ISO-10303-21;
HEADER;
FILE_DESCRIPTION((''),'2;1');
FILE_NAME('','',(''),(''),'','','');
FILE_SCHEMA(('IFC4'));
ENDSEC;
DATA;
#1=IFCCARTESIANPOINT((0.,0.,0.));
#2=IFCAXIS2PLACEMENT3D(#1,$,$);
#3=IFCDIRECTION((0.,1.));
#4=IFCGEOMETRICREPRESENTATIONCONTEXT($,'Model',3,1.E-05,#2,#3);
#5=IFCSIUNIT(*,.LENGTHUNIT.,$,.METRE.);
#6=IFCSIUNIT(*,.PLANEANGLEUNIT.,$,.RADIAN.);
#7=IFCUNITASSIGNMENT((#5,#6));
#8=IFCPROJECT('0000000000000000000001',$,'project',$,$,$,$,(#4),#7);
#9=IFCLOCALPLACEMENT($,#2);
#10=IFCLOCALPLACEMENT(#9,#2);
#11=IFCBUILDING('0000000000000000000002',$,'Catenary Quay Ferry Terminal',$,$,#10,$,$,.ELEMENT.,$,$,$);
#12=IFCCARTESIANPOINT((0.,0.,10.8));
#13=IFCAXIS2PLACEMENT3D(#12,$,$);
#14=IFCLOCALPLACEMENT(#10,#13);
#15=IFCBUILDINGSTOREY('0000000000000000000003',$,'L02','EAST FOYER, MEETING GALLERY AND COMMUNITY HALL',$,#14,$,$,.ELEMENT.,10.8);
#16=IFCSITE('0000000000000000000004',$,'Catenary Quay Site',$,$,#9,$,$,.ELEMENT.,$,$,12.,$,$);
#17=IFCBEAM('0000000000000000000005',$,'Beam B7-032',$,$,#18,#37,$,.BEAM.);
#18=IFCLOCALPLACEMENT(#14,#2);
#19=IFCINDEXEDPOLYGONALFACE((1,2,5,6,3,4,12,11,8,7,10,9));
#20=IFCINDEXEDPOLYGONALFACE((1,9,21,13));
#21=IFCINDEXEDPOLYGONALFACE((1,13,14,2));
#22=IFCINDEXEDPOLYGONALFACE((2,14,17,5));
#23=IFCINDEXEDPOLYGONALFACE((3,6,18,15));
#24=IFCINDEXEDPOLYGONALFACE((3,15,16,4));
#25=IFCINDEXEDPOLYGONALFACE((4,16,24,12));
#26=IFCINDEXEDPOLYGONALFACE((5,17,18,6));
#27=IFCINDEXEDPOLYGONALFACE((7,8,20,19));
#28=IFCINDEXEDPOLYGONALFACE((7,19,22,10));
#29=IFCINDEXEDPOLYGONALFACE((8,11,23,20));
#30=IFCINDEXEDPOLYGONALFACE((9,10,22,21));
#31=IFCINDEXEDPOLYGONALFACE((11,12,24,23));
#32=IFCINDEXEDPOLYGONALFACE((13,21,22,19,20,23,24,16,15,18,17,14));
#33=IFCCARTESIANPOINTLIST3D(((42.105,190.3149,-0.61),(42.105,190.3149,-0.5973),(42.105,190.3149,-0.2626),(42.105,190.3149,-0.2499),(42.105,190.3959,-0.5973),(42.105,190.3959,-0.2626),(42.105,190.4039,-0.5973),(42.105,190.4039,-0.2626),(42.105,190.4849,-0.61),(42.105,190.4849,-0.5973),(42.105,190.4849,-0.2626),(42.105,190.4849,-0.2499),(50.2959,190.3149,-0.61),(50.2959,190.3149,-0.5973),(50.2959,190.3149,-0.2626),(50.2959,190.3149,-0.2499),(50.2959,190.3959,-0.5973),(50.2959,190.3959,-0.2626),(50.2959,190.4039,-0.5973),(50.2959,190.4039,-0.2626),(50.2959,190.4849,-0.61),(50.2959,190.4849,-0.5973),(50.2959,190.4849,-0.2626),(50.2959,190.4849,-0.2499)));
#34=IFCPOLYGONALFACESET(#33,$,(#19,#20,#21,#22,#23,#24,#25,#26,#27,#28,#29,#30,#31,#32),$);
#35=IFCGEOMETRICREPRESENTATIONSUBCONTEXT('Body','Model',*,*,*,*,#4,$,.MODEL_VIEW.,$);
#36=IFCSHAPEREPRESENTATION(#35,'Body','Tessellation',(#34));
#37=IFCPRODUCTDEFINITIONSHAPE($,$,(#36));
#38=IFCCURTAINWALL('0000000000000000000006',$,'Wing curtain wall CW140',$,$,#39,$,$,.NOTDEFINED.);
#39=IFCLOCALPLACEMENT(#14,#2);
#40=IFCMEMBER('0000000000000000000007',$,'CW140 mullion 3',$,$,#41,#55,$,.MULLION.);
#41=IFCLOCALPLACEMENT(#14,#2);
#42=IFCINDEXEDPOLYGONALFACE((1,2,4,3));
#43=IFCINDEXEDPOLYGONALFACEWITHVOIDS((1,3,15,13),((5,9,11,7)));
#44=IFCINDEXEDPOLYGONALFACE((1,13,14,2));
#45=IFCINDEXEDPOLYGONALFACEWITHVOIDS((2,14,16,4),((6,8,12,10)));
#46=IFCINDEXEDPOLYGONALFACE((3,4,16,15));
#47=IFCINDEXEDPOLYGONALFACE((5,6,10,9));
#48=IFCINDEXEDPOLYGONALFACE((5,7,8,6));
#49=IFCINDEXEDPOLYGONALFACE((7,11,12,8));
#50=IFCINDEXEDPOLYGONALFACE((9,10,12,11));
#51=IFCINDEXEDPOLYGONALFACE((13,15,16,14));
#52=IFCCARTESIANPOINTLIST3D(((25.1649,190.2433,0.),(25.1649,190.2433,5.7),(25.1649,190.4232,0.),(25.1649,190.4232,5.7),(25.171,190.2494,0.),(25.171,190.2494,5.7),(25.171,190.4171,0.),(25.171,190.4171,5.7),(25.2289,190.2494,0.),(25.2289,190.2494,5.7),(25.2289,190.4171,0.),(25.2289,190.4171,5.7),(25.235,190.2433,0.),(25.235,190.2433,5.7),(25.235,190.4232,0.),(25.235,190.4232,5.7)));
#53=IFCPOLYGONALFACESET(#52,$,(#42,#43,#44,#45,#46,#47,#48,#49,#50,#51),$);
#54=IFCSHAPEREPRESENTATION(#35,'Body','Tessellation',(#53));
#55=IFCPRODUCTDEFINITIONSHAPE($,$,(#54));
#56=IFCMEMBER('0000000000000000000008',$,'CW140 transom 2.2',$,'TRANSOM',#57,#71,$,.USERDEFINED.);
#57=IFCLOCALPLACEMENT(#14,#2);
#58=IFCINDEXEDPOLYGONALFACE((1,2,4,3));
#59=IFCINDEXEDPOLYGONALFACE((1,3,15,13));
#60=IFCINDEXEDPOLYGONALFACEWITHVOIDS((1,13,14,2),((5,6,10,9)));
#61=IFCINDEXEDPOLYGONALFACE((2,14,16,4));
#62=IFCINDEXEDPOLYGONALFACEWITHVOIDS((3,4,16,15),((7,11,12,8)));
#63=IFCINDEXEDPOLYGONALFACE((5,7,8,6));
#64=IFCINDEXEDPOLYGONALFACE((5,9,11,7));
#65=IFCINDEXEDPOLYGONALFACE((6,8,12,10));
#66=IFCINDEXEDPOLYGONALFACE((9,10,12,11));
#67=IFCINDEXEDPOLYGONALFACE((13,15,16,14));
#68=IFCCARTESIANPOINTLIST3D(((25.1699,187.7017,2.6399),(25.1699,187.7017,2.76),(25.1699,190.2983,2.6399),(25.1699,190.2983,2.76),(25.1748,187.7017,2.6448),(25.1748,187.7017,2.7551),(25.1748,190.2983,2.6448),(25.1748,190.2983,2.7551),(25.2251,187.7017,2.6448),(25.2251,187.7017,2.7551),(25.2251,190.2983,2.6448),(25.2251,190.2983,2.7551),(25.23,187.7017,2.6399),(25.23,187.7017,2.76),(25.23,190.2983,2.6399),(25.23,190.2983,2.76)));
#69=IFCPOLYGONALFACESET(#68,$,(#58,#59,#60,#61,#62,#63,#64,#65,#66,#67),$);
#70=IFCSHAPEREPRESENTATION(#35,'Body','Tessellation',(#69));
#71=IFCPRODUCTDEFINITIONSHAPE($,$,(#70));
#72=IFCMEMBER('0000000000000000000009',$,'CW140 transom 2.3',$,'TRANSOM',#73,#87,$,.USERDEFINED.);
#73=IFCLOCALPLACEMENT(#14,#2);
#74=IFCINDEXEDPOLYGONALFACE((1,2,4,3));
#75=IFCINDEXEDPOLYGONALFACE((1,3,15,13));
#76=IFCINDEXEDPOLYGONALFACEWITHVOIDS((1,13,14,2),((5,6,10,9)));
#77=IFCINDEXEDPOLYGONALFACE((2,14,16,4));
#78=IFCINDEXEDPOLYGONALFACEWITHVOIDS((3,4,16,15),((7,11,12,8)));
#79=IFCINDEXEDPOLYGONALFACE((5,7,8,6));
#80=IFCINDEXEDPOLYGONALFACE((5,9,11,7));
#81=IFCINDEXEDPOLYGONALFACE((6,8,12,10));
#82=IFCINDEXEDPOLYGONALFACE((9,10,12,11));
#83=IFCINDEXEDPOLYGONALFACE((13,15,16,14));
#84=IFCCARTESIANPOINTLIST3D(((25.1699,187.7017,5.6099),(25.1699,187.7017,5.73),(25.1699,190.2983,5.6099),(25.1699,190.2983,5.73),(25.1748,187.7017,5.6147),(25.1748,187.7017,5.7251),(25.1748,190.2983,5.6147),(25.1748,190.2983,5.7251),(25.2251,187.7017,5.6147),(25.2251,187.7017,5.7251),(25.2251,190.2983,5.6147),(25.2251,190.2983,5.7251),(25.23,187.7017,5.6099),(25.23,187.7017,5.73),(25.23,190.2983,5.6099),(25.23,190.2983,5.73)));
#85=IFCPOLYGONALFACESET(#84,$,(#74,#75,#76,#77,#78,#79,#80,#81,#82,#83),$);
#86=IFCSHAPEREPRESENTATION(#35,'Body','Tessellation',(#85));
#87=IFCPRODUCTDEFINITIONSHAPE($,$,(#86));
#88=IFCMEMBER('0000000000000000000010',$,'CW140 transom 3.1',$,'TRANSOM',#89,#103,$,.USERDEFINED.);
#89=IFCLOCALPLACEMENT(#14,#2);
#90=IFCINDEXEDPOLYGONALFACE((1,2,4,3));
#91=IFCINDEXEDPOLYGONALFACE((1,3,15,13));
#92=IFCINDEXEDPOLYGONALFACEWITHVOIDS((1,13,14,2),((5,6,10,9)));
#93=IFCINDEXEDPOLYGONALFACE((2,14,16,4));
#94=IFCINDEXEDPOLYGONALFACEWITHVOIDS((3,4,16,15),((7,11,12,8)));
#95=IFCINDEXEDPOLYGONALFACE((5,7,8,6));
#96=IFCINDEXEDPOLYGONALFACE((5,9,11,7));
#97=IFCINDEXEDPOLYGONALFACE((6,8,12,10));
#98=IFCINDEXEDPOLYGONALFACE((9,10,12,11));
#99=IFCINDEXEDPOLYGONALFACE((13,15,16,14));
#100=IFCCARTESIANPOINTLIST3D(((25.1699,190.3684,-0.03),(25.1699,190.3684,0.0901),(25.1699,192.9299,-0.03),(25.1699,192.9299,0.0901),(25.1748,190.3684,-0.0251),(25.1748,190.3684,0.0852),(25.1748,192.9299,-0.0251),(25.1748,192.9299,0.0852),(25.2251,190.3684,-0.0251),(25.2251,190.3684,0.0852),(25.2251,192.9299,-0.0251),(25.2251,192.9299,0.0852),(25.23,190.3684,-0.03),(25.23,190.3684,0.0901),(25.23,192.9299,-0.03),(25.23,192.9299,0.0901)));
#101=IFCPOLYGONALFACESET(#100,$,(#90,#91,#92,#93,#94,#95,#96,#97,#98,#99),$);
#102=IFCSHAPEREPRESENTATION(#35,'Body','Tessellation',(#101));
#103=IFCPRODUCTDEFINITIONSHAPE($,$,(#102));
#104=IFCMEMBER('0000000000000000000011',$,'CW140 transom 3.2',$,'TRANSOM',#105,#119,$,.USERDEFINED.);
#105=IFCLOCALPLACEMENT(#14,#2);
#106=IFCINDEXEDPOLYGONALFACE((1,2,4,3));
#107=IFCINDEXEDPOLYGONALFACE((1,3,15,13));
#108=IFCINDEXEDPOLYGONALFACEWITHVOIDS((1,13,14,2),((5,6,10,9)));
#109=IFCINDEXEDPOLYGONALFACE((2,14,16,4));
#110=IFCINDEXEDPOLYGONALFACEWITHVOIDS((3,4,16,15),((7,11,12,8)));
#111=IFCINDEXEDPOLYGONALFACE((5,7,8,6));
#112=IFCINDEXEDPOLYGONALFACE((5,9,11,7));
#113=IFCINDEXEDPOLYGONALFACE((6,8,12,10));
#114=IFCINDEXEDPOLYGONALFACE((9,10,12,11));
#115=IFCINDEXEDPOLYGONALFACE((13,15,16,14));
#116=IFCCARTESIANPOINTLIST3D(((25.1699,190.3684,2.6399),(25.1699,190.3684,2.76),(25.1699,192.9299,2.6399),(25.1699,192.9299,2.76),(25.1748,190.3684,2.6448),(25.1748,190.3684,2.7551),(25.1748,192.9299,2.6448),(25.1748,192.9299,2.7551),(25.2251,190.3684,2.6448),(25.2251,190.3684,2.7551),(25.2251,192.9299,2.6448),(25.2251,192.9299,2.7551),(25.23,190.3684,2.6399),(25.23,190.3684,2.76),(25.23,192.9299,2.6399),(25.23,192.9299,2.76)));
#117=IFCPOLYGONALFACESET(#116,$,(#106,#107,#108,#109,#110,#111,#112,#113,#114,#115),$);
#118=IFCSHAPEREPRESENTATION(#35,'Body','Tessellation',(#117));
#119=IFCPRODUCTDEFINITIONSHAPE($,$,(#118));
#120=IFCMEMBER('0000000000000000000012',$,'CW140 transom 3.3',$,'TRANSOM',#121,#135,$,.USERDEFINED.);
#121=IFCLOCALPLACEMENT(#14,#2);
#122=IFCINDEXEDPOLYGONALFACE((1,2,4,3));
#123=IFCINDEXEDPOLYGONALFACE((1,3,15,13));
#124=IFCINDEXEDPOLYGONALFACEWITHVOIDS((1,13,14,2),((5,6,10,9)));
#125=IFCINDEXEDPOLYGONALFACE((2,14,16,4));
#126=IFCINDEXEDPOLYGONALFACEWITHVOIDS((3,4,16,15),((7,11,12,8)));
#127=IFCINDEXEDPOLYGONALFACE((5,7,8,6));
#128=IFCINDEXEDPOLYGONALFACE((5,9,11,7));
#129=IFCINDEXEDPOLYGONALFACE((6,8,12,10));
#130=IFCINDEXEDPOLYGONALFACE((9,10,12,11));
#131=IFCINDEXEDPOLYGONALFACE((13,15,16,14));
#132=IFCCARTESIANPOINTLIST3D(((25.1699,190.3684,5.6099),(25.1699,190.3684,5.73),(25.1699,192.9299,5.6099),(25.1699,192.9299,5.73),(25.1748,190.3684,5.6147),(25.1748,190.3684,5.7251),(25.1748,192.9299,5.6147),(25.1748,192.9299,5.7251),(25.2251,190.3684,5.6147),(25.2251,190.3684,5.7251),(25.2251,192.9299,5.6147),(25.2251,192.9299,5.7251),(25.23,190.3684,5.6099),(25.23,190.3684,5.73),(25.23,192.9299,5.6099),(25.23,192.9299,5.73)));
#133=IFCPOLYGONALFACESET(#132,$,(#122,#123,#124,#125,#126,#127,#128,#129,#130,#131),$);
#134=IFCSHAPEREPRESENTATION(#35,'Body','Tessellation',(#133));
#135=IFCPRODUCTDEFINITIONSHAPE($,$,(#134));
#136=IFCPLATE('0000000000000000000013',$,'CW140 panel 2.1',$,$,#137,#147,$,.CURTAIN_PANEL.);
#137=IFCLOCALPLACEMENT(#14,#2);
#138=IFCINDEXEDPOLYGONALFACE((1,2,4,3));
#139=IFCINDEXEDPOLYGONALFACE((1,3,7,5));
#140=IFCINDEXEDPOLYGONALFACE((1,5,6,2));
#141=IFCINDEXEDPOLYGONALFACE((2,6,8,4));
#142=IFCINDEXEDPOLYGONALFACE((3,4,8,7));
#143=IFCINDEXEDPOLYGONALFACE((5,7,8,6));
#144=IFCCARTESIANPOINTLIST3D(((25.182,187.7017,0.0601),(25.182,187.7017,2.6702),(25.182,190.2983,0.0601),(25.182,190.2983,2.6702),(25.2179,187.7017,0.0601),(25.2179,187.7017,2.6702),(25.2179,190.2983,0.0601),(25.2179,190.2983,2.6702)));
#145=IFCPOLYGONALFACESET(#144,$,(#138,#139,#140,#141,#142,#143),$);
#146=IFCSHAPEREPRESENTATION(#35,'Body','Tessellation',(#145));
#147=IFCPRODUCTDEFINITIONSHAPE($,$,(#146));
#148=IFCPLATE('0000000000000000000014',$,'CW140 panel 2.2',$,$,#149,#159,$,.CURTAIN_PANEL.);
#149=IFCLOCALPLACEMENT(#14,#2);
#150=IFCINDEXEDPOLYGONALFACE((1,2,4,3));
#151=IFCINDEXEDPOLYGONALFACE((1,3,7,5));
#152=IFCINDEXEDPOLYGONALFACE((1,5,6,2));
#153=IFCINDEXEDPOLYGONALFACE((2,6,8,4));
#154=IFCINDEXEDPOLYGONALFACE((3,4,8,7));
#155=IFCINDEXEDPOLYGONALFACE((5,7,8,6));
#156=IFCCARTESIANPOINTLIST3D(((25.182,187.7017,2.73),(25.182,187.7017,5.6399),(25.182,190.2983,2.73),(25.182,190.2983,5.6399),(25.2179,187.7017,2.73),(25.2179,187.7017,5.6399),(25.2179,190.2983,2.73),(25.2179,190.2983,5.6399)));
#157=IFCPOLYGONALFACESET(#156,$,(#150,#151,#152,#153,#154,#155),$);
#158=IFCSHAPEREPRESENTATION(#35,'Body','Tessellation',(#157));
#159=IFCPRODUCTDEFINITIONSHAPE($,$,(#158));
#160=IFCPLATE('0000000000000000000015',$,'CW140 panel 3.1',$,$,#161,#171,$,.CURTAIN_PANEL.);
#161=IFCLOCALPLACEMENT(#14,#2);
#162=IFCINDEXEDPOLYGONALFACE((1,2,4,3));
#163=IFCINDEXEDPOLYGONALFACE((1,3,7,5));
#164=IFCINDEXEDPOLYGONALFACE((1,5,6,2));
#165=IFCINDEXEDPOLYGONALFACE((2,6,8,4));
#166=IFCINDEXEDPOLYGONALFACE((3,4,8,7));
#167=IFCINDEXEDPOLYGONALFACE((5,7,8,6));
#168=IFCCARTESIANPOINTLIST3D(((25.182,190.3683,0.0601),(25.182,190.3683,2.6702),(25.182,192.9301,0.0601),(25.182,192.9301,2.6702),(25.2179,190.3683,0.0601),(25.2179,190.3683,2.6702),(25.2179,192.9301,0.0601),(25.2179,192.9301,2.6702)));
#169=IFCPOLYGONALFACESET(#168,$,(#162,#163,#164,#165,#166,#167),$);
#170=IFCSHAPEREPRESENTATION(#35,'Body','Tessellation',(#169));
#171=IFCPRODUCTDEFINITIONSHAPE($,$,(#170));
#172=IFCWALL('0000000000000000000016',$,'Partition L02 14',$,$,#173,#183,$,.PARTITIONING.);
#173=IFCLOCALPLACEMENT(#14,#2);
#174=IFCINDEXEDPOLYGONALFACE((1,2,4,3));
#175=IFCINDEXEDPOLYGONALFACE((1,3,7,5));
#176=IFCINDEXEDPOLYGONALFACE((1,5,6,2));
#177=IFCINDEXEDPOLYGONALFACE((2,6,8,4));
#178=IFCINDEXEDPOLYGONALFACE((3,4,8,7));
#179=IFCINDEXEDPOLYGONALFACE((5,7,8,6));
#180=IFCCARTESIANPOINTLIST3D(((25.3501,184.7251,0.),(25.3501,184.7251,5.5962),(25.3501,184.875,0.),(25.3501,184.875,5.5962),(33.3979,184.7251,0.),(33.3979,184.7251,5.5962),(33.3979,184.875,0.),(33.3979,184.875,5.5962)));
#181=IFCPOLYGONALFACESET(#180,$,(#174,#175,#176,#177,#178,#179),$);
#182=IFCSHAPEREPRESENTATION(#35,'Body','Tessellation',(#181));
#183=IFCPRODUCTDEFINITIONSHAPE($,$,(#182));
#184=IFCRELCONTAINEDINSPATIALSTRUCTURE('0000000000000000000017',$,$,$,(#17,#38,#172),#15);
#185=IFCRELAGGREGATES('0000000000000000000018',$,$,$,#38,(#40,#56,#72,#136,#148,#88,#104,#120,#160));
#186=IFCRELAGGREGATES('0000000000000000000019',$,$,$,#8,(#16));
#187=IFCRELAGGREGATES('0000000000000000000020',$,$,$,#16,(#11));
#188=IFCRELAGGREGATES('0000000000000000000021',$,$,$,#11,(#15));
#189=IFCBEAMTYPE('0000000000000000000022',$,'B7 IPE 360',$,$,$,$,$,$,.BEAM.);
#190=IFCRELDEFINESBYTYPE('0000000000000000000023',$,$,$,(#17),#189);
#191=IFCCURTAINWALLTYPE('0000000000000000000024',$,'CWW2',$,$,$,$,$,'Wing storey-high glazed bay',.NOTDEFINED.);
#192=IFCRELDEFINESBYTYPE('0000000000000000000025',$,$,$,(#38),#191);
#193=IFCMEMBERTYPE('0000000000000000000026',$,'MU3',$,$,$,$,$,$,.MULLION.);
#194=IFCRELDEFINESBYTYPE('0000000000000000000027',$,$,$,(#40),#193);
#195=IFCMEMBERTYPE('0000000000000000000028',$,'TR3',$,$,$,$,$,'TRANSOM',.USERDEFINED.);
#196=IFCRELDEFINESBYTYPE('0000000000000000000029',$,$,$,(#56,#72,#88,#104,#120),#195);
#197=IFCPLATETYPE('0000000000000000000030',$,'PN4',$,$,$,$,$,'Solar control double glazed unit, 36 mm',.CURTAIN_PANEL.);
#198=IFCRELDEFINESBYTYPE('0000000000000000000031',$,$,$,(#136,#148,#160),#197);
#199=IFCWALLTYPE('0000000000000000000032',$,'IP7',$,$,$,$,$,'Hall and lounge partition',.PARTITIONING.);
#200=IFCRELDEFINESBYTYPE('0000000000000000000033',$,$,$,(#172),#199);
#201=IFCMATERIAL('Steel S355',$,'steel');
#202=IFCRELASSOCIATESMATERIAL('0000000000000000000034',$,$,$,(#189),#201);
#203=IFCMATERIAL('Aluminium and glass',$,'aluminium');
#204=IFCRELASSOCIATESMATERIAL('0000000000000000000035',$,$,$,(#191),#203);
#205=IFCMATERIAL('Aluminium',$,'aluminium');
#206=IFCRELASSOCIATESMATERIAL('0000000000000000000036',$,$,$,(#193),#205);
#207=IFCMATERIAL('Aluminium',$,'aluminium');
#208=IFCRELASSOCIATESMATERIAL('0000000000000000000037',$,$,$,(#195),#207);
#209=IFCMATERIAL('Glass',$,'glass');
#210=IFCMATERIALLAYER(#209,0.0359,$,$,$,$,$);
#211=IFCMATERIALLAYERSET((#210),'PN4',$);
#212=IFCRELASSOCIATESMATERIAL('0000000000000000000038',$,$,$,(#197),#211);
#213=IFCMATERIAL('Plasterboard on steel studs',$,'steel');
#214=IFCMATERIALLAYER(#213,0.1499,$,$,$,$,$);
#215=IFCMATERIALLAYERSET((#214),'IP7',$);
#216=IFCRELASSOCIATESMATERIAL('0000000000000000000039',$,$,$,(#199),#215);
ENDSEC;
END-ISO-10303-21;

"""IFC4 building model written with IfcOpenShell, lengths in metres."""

from ifc_helpers import new_model, si_unit, direction, frame, frame_2d, origin, origin_2d, place, context, subcontext, project, spatial, rectangle, hollow_rectangle, i_section, extrude, material, layer, layer_set, material_profile, profile_set, type_object, element, aggregate, save


model = new_model("IFC4")

# Units and contexts
model_context = context("Model", 3, precision=1e-05, world=origin(), true_north=direction((0.0, 1.0)))
body_context = subcontext(model_context, "Body", "Model", "MODEL_VIEW")
ifc_project = project(units=[si_unit("LENGTHUNIT", "METRE"), si_unit("PLANEANGLEUNIT", "RADIAN")], contexts=[model_context])

# Site, building, storey
site_placement = place(None, origin())
site = spatial("IfcSite", under=ifc_project, at=site_placement, Name="Catenary Quay Site", CompositionType="ELEMENT", RefElevation=12.0)
building_placement = place(site_placement, origin())
building = spatial("IfcBuilding", under=site, at=building_placement, Name="Catenary Quay Ferry Terminal", CompositionType="ELEMENT")
storey_placement = place(building_placement, frame((0.0, 0.0, 10.8)))
storey = spatial("IfcBuildingStorey", under=building, at=storey_placement, Name="L02", Description="EAST FOYER, MEETING GALLERY AND COMMUNITY HALL", CompositionType="ELEMENT", Elevation=10.8)

# Beam
ifc_material_1 = material(Name="Steel S355", Category="steel")
ifc_material_profile_1 = material_profile(ifc_material_1, i_section(OverallWidth=0.1699, OverallDepth=0.3601, WebThickness=0.0081, FlangeThickness=0.0127, at=origin_2d()), Name="IPE 360")
ifc_profile_set_1 = profile_set([ifc_material_profile_1], Name="Steel S355")
beam_type_1 = type_object("IfcBeamType", Name="B7 IPE 360", PredefinedType="BEAM", material=ifc_profile_set_1)
beam_1_placement = place(storey_placement, frame((42.105, 190.3999, -0.4299), z_axis=(1.0, 0.0, 0.0), x_axis=(0.0, 1.0, 0.0)))
element("IfcBeam", 1, at=beam_1_placement, inside=storey, type_object=beam_type_1, Name="Beam B7-032", PredefinedType="BEAM", context=body_context, shape_type="SweptSolid", body=[
    extrude(i_section(OverallWidth=0.1699, OverallDepth=0.3601, WebThickness=0.0081, FlangeThickness=0.0127, at=origin_2d()), origin(), (0.0, 0.0, 1.0), 8.1909),
])

# Curtain wall, members, plates
ifc_material_2 = material(Name="Aluminium and glass", Category="aluminium")
curtain_wall_type = type_object("IfcCurtainWallType", Name="CWW2", ElementType="Wing storey-high glazed bay", PredefinedType="NOTDEFINED", material=ifc_material_2)
curtain_wall_placement = place(storey_placement, origin())
curtain_wall = element("IfcCurtainWall", 2, at=curtain_wall_placement, inside=storey, type_object=curtain_wall_type, Name="Wing curtain wall CW140", PredefinedType="NOTDEFINED")
ifc_material_3 = material(Name="Aluminium", Category="aluminium")
ifc_material_profile_2 = material_profile(ifc_material_3, hollow_rectangle(XDim=0.0701, YDim=0.1799, WallThickness=0.0061, at=origin_2d()), Name="MU3")
ifc_profile_set_2 = profile_set([ifc_material_profile_2], Name="Aluminium")
member_type_1 = type_object("IfcMemberType", Name="MU3", PredefinedType="MULLION", material=ifc_profile_set_2)
member_1_placement = place(storey_placement, frame((25.2, 190.3333, 0.0), z_axis=(0.0, 0.0, 1.0), x_axis=(-1.0, 0.0, 0.0)))
member_1 = element("IfcMember", 3, at=member_1_placement, type_object=member_type_1, Name="CW140 mullion 3", PredefinedType="MULLION", context=body_context, shape_type="SweptSolid", body=[
    extrude(hollow_rectangle(XDim=0.0701, YDim=0.1799, WallThickness=0.0061, at=origin_2d()), origin(), (0.0, 0.0, 1.0), 5.7),
])
ifc_material_4 = material(Name="Aluminium", Category="aluminium")
ifc_material_profile_3 = material_profile(ifc_material_4, hollow_rectangle(XDim=0.0601, YDim=0.1201, WallThickness=0.0049, at=origin_2d()), Name="TR3")
ifc_profile_set_3 = profile_set([ifc_material_profile_3], Name="Aluminium")
member_type_2 = type_object("IfcMemberType", Name="TR3", ElementType="TRANSOM", PredefinedType="USERDEFINED", material=ifc_profile_set_3)
member_2_placement = place(storey_placement, frame((25.2, 187.7017, 2.7), z_axis=(0.0, 1.0, 0.0), x_axis=(-1.0, 0.0, 0.0)))
member_2 = element("IfcMember", 4, at=member_2_placement, type_object=member_type_2, Name="CW140 transom 2.2", ObjectType="TRANSOM", PredefinedType="USERDEFINED", context=body_context, shape_type="SweptSolid", body=[
    extrude(hollow_rectangle(XDim=0.0601, YDim=0.1201, WallThickness=0.0049, at=origin_2d()), origin(), (0.0, 0.0, 1.0), 2.5967),
])
member_3_placement = place(storey_placement, frame((25.2, 187.7017, 5.6699), z_axis=(0.0, 1.0, 0.0), x_axis=(-1.0, 0.0, 0.0)))
member_3 = element("IfcMember", 5, at=member_3_placement, type_object=member_type_2, Name="CW140 transom 2.3", ObjectType="TRANSOM", PredefinedType="USERDEFINED", context=body_context, shape_type="SweptSolid", body=[
    extrude(hollow_rectangle(XDim=0.0601, YDim=0.1201, WallThickness=0.0049, at=origin_2d()), origin(), (0.0, 0.0, 1.0), 2.5967),
])
member_4_placement = place(storey_placement, frame((25.2, 190.3684, 0.03), z_axis=(0.0, 1.0, 0.0), x_axis=(-1.0, 0.0, 0.0)))
member_4 = element("IfcMember", 6, at=member_4_placement, type_object=member_type_2, Name="CW140 transom 3.1", ObjectType="TRANSOM", PredefinedType="USERDEFINED", context=body_context, shape_type="SweptSolid", body=[
    extrude(hollow_rectangle(XDim=0.0601, YDim=0.1201, WallThickness=0.0049, at=origin_2d()), origin(), (0.0, 0.0, 1.0), 2.5615),
])
member_5_placement = place(storey_placement, frame((25.2, 190.3684, 2.7), z_axis=(0.0, 1.0, 0.0), x_axis=(-1.0, 0.0, 0.0)))
member_5 = element("IfcMember", 7, at=member_5_placement, type_object=member_type_2, Name="CW140 transom 3.2", ObjectType="TRANSOM", PredefinedType="USERDEFINED", context=body_context, shape_type="SweptSolid", body=[
    extrude(hollow_rectangle(XDim=0.0601, YDim=0.1201, WallThickness=0.0049, at=origin_2d()), origin(), (0.0, 0.0, 1.0), 2.5615),
])
member_6_placement = place(storey_placement, frame((25.2, 190.3684, 5.6699), z_axis=(0.0, 1.0, 0.0), x_axis=(-1.0, 0.0, 0.0)))
member_6 = element("IfcMember", 8, at=member_6_placement, type_object=member_type_2, Name="CW140 transom 3.3", ObjectType="TRANSOM", PredefinedType="USERDEFINED", context=body_context, shape_type="SweptSolid", body=[
    extrude(hollow_rectangle(XDim=0.0601, YDim=0.1201, WallThickness=0.0049, at=origin_2d()), origin(), (0.0, 0.0, 1.0), 2.5615),
])
ifc_material_5 = material(Name="Glass", Category="glass")
ifc_layer_1 = layer(ifc_material_5, 0.0359)
ifc_layer_set_1 = layer_set([ifc_layer_1], Name="PN4")
plate_type = type_object("IfcPlateType", Name="PN4", ElementType="Solar control double glazed unit, 36 mm", PredefinedType="CURTAIN_PANEL", material=ifc_layer_set_1)
plate_1_placement = place(storey_placement, frame((25.2, 189.0, 0.0601), z_axis=(0.0, 0.0, 1.0), x_axis=(0.0, 1.0, 0.0)))
plate_1 = element("IfcPlate", 9, at=plate_1_placement, type_object=plate_type, Name="CW140 panel 2.1", PredefinedType="CURTAIN_PANEL", context=body_context, shape_type="SweptSolid", body=[
    extrude(rectangle(XDim=2.5967, YDim=0.0359, at=origin_2d()), origin(), (0.0, 0.0, 1.0), 2.6101),
])
plate_2_placement = place(storey_placement, frame((25.2, 189.0, 2.73), z_axis=(0.0, 0.0, 1.0), x_axis=(0.0, 1.0, 0.0)))
plate_2 = element("IfcPlate", 10, at=plate_2_placement, type_object=plate_type, Name="CW140 panel 2.2", PredefinedType="CURTAIN_PANEL", context=body_context, shape_type="SweptSolid", body=[
    extrude(rectangle(XDim=2.5967, YDim=0.0359, at=origin_2d()), origin(), (0.0, 0.0, 1.0), 2.9099),
])
plate_3_placement = place(storey_placement, frame((25.2, 191.6492, 0.0601), z_axis=(0.0, 0.0, 1.0), x_axis=(0.0, 1.0, 0.0)))
plate_3 = element("IfcPlate", 11, at=plate_3_placement, type_object=plate_type, Name="CW140 panel 3.1", PredefinedType="CURTAIN_PANEL", context=body_context, shape_type="SweptSolid", body=[
    extrude(rectangle(XDim=2.5618, YDim=0.0359, at=origin_2d()), origin(), (0.0, 0.0, 1.0), 2.6101),
])
aggregate(curtain_wall, [member_1, member_2, member_3, plate_1, plate_2, member_4, member_5, member_6, plate_3])

# Wall
ifc_material_6 = material(Name="Plasterboard on steel studs", Category="steel")
ifc_layer_2 = layer(ifc_material_6, 0.1499)
ifc_layer_set_2 = layer_set([ifc_layer_2], Name="IP7")
wall_type = type_object("IfcWallType", Name="IP7", ElementType="Hall and lounge partition", PredefinedType="PARTITIONING", material=ifc_layer_set_2)
wall_1_placement = place(storey_placement, frame((25.3501, 184.8, 0.0), z_axis=(0.0, 0.0, 1.0), x_axis=(1.0, 0.0, 0.0)))
element("IfcWall", 12, at=wall_1_placement, inside=storey, type_object=wall_type, Name="Partition L02 14", PredefinedType="PARTITIONING", context=body_context, shape_type="SweptSolid", body=[
    extrude(rectangle(XDim=8.0479, YDim=0.1499, at=frame_2d((4.0239, 0.0))), origin(), (0.0, 0.0, 1.0), 5.5962),
])

save(model, "model.ifc")
